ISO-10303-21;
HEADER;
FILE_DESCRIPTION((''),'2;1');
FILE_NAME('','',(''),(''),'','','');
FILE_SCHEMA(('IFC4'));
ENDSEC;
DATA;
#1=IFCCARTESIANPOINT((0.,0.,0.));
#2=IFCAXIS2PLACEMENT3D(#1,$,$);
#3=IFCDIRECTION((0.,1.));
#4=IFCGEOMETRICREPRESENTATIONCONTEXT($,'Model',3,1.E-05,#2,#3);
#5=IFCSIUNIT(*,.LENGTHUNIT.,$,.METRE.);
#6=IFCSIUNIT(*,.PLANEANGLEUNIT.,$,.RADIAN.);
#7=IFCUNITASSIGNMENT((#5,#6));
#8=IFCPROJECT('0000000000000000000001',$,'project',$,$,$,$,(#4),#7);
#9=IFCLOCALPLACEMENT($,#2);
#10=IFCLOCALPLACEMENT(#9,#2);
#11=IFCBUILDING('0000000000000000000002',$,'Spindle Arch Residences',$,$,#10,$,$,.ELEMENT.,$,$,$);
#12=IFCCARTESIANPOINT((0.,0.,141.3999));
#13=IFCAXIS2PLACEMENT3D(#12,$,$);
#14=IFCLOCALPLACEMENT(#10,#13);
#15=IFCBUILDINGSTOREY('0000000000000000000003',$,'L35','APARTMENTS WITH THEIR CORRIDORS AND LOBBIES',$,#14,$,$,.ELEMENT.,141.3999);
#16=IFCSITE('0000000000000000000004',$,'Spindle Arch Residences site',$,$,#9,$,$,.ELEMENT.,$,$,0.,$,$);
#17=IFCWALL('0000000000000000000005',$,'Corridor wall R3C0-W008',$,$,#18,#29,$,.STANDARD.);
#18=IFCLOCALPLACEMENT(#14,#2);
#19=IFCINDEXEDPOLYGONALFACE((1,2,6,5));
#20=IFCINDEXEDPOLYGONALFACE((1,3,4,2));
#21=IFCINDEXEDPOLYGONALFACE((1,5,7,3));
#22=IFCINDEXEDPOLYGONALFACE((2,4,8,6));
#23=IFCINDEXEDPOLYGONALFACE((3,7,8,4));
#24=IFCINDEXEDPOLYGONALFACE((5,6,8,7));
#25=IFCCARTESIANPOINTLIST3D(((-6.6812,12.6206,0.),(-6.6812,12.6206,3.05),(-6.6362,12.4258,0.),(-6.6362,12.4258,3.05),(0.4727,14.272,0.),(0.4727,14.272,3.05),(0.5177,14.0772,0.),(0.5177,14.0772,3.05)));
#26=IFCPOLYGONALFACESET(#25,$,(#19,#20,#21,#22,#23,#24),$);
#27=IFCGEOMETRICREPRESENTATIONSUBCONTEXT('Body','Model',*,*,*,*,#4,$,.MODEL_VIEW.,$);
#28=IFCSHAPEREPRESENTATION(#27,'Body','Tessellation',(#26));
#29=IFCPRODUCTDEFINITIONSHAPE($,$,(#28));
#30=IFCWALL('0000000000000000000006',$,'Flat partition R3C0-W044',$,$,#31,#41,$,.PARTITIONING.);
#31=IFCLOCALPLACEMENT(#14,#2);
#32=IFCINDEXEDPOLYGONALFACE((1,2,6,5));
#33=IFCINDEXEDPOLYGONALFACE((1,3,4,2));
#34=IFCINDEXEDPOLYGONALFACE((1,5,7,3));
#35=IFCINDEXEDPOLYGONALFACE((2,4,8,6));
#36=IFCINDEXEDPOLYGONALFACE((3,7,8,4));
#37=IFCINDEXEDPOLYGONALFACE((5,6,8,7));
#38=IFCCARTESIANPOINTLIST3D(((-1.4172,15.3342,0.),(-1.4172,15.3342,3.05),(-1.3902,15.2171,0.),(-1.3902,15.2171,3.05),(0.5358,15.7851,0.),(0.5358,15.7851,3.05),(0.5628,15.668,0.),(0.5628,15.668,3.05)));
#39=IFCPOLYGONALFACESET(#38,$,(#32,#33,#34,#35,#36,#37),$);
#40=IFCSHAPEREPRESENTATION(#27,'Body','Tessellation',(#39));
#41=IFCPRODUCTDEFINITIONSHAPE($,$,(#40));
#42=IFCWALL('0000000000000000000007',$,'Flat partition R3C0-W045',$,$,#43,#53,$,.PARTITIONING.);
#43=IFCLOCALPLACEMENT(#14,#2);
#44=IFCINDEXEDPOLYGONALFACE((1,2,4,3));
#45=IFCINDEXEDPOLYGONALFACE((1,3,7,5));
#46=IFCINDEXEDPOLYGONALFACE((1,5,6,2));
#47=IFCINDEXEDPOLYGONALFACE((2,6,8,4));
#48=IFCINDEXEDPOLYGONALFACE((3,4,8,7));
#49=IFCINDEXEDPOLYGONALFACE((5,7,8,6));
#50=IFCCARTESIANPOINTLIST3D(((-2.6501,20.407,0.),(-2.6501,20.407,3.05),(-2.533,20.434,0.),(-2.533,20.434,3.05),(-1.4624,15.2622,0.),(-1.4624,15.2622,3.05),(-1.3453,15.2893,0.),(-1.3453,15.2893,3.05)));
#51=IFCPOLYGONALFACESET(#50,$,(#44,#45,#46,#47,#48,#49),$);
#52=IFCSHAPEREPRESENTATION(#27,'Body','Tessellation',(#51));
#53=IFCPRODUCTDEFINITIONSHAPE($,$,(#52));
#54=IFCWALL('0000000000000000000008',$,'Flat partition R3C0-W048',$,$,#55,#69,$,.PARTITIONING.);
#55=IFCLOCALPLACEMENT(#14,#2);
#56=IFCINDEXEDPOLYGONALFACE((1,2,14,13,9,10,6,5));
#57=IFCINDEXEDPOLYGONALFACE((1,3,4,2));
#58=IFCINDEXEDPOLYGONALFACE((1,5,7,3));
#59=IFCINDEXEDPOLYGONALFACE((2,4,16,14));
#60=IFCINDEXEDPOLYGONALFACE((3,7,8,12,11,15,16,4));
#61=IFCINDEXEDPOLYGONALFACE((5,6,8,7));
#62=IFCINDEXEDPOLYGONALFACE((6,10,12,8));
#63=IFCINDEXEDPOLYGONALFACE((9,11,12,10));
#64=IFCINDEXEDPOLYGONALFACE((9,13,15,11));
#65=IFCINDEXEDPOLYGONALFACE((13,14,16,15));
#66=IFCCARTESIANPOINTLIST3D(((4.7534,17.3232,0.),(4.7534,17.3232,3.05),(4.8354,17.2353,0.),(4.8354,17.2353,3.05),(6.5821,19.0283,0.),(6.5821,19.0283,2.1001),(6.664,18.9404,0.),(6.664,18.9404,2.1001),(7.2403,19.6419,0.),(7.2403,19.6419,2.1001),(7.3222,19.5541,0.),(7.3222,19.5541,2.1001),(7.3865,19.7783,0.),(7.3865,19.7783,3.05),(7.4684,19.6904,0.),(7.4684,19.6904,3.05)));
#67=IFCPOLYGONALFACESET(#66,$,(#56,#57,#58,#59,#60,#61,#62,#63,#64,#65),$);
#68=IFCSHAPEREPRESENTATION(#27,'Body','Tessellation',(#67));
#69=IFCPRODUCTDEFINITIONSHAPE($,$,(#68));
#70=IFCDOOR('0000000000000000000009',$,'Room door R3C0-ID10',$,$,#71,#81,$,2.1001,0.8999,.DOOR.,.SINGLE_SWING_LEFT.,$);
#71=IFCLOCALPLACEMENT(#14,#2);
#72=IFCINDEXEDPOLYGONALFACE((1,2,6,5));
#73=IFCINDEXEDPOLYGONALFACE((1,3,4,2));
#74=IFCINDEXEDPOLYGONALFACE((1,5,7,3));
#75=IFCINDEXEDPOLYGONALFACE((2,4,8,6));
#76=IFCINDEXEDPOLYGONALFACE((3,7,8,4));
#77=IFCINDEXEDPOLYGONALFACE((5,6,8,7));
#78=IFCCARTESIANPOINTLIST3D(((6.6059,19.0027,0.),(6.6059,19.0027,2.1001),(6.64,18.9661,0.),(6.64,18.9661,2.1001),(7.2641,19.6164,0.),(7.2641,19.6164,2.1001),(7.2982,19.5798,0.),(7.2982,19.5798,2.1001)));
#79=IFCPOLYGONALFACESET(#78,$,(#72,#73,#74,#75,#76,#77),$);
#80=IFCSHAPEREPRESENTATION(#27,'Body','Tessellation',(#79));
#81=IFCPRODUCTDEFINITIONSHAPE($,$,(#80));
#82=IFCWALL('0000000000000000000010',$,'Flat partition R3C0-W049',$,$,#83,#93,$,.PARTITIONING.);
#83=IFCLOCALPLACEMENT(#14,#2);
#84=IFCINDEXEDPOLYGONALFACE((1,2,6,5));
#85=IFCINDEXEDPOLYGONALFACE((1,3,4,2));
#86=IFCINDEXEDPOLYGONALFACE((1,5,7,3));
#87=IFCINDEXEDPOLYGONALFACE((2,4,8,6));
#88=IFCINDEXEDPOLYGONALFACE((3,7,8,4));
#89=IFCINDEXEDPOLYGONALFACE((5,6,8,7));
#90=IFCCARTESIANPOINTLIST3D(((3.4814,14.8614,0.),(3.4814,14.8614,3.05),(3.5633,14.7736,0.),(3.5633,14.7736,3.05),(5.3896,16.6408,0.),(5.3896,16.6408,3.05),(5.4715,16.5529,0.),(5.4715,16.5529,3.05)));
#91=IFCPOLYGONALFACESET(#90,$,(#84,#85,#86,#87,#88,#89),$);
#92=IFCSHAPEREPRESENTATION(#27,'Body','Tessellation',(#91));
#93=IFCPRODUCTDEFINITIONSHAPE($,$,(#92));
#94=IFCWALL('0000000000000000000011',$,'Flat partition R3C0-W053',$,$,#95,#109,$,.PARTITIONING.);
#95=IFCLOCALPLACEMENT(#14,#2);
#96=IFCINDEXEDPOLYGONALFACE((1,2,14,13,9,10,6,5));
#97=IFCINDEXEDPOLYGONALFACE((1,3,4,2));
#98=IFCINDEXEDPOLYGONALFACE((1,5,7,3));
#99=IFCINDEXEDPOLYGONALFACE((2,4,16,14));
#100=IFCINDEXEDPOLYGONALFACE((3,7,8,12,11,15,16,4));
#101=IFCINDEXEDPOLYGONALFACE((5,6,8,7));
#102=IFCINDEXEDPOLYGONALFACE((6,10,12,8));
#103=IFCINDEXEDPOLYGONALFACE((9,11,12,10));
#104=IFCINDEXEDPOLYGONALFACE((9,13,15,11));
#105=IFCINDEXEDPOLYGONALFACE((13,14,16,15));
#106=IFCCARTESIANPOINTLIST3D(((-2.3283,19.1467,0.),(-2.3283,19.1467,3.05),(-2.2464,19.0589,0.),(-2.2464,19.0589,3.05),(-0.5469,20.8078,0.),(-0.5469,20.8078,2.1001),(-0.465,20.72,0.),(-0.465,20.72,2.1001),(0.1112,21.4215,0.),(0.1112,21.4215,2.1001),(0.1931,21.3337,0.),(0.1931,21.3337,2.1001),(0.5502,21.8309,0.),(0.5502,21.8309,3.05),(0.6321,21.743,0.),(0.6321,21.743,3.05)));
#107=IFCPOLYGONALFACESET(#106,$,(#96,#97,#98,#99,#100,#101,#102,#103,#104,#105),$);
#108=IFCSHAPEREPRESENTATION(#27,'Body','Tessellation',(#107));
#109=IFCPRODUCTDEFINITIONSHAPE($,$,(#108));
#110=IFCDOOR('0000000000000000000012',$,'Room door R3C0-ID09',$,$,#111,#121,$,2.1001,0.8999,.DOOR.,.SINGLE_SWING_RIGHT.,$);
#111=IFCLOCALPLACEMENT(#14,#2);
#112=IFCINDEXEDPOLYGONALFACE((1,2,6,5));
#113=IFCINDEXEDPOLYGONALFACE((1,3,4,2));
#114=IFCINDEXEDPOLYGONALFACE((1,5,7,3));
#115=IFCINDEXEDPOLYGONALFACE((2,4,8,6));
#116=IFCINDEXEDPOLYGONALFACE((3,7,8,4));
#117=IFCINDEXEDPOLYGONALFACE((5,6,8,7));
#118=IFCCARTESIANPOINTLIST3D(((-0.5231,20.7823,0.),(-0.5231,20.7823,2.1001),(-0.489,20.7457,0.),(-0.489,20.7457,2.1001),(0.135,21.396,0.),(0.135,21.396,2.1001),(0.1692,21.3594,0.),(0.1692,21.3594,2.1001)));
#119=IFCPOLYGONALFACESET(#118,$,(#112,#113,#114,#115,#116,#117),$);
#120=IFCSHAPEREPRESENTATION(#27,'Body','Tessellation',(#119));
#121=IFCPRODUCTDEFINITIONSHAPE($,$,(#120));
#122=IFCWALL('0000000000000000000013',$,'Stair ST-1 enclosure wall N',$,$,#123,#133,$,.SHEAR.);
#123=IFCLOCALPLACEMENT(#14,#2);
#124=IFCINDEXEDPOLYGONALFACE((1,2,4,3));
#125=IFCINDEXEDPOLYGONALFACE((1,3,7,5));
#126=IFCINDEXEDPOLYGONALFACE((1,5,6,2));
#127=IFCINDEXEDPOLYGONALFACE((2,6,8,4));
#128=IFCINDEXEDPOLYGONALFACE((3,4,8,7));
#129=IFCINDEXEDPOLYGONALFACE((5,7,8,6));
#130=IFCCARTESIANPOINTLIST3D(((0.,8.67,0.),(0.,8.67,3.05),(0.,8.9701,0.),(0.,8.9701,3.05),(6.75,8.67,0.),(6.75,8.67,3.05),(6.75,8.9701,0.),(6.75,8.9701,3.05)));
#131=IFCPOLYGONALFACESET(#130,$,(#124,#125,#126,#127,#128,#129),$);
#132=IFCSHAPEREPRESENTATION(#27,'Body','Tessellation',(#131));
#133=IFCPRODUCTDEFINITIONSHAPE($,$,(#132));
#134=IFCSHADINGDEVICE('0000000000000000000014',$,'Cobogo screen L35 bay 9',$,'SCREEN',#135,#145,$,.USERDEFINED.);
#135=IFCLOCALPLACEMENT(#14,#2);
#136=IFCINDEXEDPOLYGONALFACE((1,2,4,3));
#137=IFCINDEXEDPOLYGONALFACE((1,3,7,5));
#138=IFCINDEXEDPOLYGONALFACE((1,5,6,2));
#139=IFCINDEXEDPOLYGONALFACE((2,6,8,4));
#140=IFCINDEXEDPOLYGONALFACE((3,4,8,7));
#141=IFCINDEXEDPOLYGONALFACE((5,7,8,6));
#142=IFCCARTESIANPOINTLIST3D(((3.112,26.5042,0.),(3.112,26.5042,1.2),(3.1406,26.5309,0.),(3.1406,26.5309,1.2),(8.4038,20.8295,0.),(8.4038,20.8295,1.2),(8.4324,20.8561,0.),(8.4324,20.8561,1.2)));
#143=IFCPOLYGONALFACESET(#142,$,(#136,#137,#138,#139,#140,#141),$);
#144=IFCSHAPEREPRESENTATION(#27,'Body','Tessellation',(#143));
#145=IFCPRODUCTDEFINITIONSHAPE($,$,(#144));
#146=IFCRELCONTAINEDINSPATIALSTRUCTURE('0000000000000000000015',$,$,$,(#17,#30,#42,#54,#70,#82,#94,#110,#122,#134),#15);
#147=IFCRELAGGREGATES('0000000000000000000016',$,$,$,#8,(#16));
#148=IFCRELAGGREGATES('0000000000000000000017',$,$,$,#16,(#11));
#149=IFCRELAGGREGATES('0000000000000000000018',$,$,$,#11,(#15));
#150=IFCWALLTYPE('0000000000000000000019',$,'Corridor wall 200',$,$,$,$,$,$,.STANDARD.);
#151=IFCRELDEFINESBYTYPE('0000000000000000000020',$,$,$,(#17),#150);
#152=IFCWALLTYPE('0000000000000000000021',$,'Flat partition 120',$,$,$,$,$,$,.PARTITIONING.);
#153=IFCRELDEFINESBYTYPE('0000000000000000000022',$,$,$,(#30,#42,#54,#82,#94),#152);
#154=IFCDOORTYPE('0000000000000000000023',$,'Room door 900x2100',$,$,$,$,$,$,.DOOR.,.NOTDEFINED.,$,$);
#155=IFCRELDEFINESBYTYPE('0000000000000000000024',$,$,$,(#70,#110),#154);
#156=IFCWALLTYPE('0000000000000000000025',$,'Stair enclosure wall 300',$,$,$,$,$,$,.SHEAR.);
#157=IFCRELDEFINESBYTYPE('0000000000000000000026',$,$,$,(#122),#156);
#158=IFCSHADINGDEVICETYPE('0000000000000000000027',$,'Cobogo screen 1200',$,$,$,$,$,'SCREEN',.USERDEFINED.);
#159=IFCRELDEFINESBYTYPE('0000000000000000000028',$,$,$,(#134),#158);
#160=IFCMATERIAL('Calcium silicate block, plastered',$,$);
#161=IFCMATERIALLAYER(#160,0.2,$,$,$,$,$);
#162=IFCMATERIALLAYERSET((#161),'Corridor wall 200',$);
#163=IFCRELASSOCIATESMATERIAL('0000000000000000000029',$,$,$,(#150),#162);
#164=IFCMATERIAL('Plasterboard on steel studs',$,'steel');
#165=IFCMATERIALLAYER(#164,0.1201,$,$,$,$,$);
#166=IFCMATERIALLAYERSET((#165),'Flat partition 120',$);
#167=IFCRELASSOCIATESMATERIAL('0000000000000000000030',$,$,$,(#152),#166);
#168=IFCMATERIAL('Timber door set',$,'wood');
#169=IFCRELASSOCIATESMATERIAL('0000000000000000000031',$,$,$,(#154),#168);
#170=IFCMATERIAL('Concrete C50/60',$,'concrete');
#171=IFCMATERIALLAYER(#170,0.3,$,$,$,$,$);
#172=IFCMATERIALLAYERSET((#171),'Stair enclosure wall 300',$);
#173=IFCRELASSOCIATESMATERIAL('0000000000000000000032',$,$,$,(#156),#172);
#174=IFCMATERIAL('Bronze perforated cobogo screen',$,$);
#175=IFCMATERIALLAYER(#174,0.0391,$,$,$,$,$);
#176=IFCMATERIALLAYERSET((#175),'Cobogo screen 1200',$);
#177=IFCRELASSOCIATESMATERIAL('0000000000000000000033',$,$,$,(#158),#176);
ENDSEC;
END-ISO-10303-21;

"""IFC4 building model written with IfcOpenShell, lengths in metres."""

from ifc_helpers import new_model, si_unit, direction, frame, frame_2d, origin, origin_2d, place, context, subcontext, project, spatial, rectangle, extrude, material, layer, layer_set, type_object, element, fill, save


model = new_model("IFC4")

# Units and contexts
model_context = context("Model", 3, precision=1e-05, world=origin(), true_north=direction((0.0, 1.0)))
body_context = subcontext(model_context, "Body", "Model", "MODEL_VIEW")
ifc_project = project(units=[si_unit("LENGTHUNIT", "METRE"), si_unit("PLANEANGLEUNIT", "RADIAN")], contexts=[model_context])

# Site, building, storey
site_placement = place(None, origin())
site = spatial("IfcSite", under=ifc_project, at=site_placement, Name="Spindle Arch Residences site", CompositionType="ELEMENT", RefElevation=0.0)
building_placement = place(site_placement, origin())
building = spatial("IfcBuilding", under=site, at=building_placement, Name="Spindle Arch Residences", CompositionType="ELEMENT")
storey_placement = place(building_placement, frame((0.0, 0.0, 141.3999)))
storey = spatial("IfcBuildingStorey", under=building, at=storey_placement, Name="L35", Description="APARTMENTS WITH THEIR CORRIDORS AND LOBBIES", CompositionType="ELEMENT", Elevation=141.3999)

# Walls
ifc_material_1 = material(Name="Calcium silicate block, plastered")
ifc_layer_1 = layer(ifc_material_1, 0.2)
ifc_layer_set_1 = layer_set([ifc_layer_1], Name="Corridor wall 200")
wall_type_1 = type_object("IfcWallType", Name="Corridor wall 200", PredefinedType="STANDARD", material=ifc_layer_set_1)
wall_1_placement = place(storey_placement, frame((0.4951, 14.1746, 0.0), z_axis=(0.0, 0.0, 1.0), x_axis=(-0.974377, -0.224923, 0.0)))
element("IfcWall", 1, at=wall_1_placement, inside=storey, type_object=wall_type_1, Name="Corridor wall R3C0-W008", PredefinedType="STANDARD", context=body_context, shape_type="SweptSolid", body=[
    extrude(rectangle(XDim=7.342, YDim=0.2, at=frame_2d((3.6709, 0.0))), origin(), (0.0, 0.0, 1.0), 3.05),
])
ifc_material_2 = material(Name="Plasterboard on steel studs", Category="steel")
ifc_layer_2 = layer(ifc_material_2, 0.1201)
ifc_layer_set_2 = layer_set([ifc_layer_2], Name="Flat partition 120")
wall_type_2 = type_object("IfcWallType", Name="Flat partition 120", PredefinedType="PARTITIONING", material=ifc_layer_set_2)
wall_2_placement = place(storey_placement, frame((0.5493, 15.7266, 0.0), z_axis=(0.0, 0.0, 1.0), x_axis=(-0.974369, -0.224957, 0.0)))
element("IfcWall", 2, at=wall_2_placement, inside=storey, type_object=wall_type_2, Name="Flat partition R3C0-W044", PredefinedType="PARTITIONING", context=body_context, shape_type="SweptSolid", body=[
    extrude(rectangle(XDim=2.0044, YDim=0.1201, at=frame_2d((1.0022, 0.0))), origin(), (0.0, 0.0, 1.0), 3.05),
])
wall_3_placement = place(storey_placement, frame((-1.4038, 15.2756, 0.0), z_axis=(0.0, 0.0, 1.0), x_axis=(-0.224947, 0.974371, 0.0)))
element("IfcWall", 3, at=wall_3_placement, inside=storey, type_object=wall_type_2, Name="Flat partition R3C0-W045", PredefinedType="PARTITIONING", context=body_context, shape_type="SweptSolid", body=[
    extrude(rectangle(XDim=5.28, YDim=0.1201, at=frame_2d((2.6401, 0.0))), origin(), (0.0, 0.0, 1.0), 3.05),
])

# Wall, opening, door
wall_4_placement = place(storey_placement, frame((7.4275, 19.7344, 0.0), z_axis=(0.0, 0.0, 1.0), x_axis=(-0.731393, -0.681956, 0.0)))
wall_4 = element("IfcWall", 4, at=wall_4_placement, inside=storey, type_object=wall_type_2, Name="Flat partition R3C0-W048", PredefinedType="PARTITIONING", context=body_context, shape_type="SweptSolid", body=[
    extrude(rectangle(XDim=3.6001, YDim=0.1201, at=frame_2d((1.8, 0.0))), origin(), (0.0, 0.0, 1.0), 3.05),
])
opening_1_placement = place(wall_4_placement, frame((0.2, 0.0, 0.0)))
opening_1 = element("IfcOpeningElement", 5, at=opening_1_placement, cuts=wall_4, PredefinedType="OPENING", context=body_context, shape_type="SweptSolid", body=[
    extrude(rectangle(XDim=0.8999, YDim=2.1001, at=frame_2d((0.45, 1.05))), frame((0.0, 0.0701, 0.0), z_axis=(0.0, -1.0, 0.0), x_axis=(1.0, 0.0, 0.0)), (0.0, 0.0, 1.0), 0.1401),
])
ifc_material_3 = material(Name="Timber door set", Category="wood")
door_type_1 = type_object("IfcDoorType", Name="Room door 900x2100", OperationType="NOTDEFINED", PredefinedType="DOOR", material=ifc_material_3)
door_1_placement = place(opening_1_placement, origin())
door_1 = element("IfcDoor", 6, at=door_1_placement, inside=storey, type_object=door_type_1, Name="Room door R3C0-ID10", OperationType="SINGLE_SWING_LEFT", OverallHeight=2.1001, OverallWidth=0.8999, PredefinedType="DOOR", context=body_context, shape_type="SweptSolid", body=[
    extrude(rectangle(XDim=0.8999, YDim=2.1001, at=frame_2d((0.45, 1.05))), frame((0.0, 0.0249, 0.0), z_axis=(0.0, -1.0, 0.0), x_axis=(1.0, 0.0, 0.0)), (0.0, 0.0, 1.0), 0.05),
])
fill(opening_1, door_1)

# Wall
wall_5_placement = place(storey_placement, frame((5.4307, 16.5969, 0.0), z_axis=(0.0, 0.0, 1.0), x_axis=(-0.731379, -0.681971, 0.0)))
element("IfcWall", 7, at=wall_5_placement, inside=storey, type_object=wall_type_2, Name="Flat partition R3C0-W049", PredefinedType="PARTITIONING", context=body_context, shape_type="SweptSolid", body=[
    extrude(rectangle(XDim=2.6091, YDim=0.1201, at=frame_2d((1.3047, 0.0))), origin(), (0.0, 0.0, 1.0), 3.05),
])

# Wall, opening, door
wall_6_placement = place(storey_placement, frame((0.5911, 21.7869, 0.0), z_axis=(0.0, 0.0, 1.0), x_axis=(-0.731365, -0.681987, 0.0)))
wall_6 = element("IfcWall", 8, at=wall_6_placement, inside=storey, type_object=wall_type_2, Name="Flat partition R3C0-W053", PredefinedType="PARTITIONING", context=body_context, shape_type="SweptSolid", body=[
    extrude(rectangle(XDim=3.9358, YDim=0.1201, at=frame_2d((1.9678, 0.0))), origin(), (0.0, 0.0, 1.0), 3.05),
])
opening_2_placement = place(wall_6_placement, frame((0.6001, 0.0, 0.0)))
opening_2 = element("IfcOpeningElement", 9, at=opening_2_placement, cuts=wall_6, PredefinedType="OPENING", context=body_context, shape_type="SweptSolid", body=[
    extrude(rectangle(XDim=0.8999, YDim=2.1001, at=frame_2d((0.45, 1.05))), frame((0.0, 0.0701, 0.0), z_axis=(0.0, -1.0, 0.0), x_axis=(1.0, 0.0, 0.0)), (0.0, 0.0, 1.0), 0.1401),
])
door_2_placement = place(opening_2_placement, origin())
door_2 = element("IfcDoor", 10, at=door_2_placement, inside=storey, type_object=door_type_1, Name="Room door R3C0-ID09", OperationType="SINGLE_SWING_RIGHT", OverallHeight=2.1001, OverallWidth=0.8999, PredefinedType="DOOR", context=body_context, shape_type="SweptSolid", body=[
    extrude(rectangle(XDim=0.8999, YDim=2.1001, at=frame_2d((0.45, 1.05))), frame((0.0, 0.0249, 0.0), z_axis=(0.0, -1.0, 0.0), x_axis=(1.0, 0.0, 0.0)), (0.0, 0.0, 1.0), 0.05),
])
fill(opening_2, door_2)

# Wall
ifc_material_4 = material(Name="Concrete C50/60", Category="concrete")
ifc_layer_3 = layer(ifc_material_4, 0.3)
ifc_layer_set_3 = layer_set([ifc_layer_3], Name="Stair enclosure wall 300")
wall_type_3 = type_object("IfcWallType", Name="Stair enclosure wall 300", PredefinedType="SHEAR", material=ifc_layer_set_3)
wall_7_placement = place(storey_placement, frame((0.0, 8.8201, 0.0), z_axis=(0.0, 0.0, 1.0), x_axis=(1.0, 0.0, 0.0)))
element("IfcWall", 11, at=wall_7_placement, inside=storey, type_object=wall_type_3, Name="Stair ST-1 enclosure wall N", PredefinedType="SHEAR", context=body_context, shape_type="SweptSolid", body=[
    extrude(rectangle(XDim=6.75, YDim=0.3, at=frame_2d((3.375, 0.0))), origin(), (0.0, 0.0, 1.0), 3.05),
])

# Shading device
ifc_material_5 = material(Name="Bronze perforated cobogo screen")
ifc_layer_4 = layer(ifc_material_5, 0.0391)
ifc_layer_set_4 = layer_set([ifc_layer_4], Name="Cobogo screen 1200")
shading_device_type = type_object("IfcShadingDeviceType", Name="Cobogo screen 1200", ElementType="SCREEN", PredefinedType="USERDEFINED", material=ifc_layer_set_4)
shading_device_placement = place(storey_placement, frame((5.7722, 23.6802, 0.0), z_axis=(0.0, 0.0, 1.0), x_axis=(-0.681998, 0.731354, 0.0)))
element("IfcShadingDevice", 12, at=shading_device_placement, inside=storey, type_object=shading_device_type, Name="Cobogo screen L35 bay 9", ObjectType="SCREEN", PredefinedType="USERDEFINED", context=body_context, shape_type="SweptSolid", body=[
    extrude(rectangle(XDim=7.7593, YDim=0.0391, at=origin_2d()), origin(), (0.0, 0.0, 1.0), 1.2),
])

save(model, "model.ifc")
